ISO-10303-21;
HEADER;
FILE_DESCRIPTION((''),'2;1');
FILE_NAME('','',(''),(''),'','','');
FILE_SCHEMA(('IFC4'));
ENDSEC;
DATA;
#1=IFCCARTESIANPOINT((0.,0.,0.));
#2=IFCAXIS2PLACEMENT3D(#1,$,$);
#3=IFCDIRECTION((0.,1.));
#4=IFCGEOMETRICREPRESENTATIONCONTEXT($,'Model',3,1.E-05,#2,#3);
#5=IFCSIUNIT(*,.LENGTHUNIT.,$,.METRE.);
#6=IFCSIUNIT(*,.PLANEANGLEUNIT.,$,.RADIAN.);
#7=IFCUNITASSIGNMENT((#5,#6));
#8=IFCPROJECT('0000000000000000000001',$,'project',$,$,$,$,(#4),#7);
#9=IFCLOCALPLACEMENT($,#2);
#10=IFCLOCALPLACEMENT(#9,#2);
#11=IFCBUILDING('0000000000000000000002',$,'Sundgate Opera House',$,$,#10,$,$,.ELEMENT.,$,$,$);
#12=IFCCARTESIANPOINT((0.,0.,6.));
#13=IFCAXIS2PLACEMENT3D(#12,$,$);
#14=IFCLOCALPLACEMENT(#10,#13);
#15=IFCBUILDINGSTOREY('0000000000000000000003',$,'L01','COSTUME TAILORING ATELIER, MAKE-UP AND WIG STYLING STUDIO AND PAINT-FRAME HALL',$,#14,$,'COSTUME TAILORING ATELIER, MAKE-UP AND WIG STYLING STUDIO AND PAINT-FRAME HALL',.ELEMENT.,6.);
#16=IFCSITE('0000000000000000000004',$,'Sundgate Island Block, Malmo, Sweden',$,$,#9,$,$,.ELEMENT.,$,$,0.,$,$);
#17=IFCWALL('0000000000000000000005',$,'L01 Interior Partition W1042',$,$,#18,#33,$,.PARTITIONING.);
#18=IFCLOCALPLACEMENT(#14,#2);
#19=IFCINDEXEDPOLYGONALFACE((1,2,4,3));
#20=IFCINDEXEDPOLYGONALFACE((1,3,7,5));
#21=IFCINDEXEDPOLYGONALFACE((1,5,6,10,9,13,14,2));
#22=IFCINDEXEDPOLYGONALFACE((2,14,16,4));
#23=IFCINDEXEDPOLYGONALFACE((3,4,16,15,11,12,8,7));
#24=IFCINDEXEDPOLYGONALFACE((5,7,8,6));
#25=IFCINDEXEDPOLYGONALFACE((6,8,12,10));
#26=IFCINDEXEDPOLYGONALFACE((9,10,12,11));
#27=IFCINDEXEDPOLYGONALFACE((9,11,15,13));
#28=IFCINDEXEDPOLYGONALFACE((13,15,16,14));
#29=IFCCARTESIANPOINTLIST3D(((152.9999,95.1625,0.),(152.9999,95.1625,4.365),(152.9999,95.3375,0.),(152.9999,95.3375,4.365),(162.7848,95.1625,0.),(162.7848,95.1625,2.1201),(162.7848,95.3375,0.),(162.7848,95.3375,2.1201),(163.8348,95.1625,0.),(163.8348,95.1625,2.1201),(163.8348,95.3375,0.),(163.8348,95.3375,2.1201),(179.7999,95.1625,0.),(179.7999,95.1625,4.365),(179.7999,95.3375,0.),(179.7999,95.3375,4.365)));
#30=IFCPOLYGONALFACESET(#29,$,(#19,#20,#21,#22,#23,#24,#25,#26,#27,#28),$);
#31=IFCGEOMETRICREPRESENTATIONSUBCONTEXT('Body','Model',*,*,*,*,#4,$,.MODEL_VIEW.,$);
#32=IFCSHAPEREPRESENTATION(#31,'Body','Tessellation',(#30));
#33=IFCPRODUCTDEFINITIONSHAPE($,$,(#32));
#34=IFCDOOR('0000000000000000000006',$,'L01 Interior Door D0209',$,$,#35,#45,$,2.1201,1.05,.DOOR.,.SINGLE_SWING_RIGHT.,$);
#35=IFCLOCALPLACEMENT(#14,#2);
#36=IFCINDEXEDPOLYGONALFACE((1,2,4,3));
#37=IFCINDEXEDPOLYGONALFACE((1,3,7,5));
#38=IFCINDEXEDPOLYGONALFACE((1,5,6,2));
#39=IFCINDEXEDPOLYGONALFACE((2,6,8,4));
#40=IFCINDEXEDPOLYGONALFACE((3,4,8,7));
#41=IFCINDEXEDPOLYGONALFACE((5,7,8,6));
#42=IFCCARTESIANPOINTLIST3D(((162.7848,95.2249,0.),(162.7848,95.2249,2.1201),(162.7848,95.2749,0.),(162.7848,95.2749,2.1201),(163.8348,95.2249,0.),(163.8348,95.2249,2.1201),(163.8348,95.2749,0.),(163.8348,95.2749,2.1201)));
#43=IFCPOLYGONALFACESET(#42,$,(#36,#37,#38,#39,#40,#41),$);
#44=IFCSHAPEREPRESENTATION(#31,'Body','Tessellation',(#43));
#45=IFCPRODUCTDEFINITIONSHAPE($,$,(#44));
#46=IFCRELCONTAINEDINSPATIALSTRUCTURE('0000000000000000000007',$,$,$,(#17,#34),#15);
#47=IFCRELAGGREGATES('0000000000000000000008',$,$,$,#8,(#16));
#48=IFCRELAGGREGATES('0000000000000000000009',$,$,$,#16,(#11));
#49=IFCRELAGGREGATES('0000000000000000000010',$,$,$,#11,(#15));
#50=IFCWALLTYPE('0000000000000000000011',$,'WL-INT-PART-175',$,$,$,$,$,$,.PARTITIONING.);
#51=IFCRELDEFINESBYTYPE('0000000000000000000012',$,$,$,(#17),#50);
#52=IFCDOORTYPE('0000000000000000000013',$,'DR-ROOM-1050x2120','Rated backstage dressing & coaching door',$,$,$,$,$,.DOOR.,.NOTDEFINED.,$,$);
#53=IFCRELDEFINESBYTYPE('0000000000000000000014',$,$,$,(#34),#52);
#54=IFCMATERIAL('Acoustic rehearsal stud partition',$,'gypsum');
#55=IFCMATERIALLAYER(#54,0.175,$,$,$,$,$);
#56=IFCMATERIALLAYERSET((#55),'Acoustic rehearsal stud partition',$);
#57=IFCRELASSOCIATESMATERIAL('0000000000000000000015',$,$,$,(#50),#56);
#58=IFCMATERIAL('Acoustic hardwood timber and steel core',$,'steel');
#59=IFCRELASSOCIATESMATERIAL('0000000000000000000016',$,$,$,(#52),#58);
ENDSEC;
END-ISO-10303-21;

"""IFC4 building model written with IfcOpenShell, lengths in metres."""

from ifc_helpers import new_model, si_unit, direction, frame, frame_2d, origin, place, context, subcontext, project, spatial, rectangle, extrude, material, layer, layer_set, type_object, element, fill, save


model = new_model("IFC4")

# Units and contexts
model_context = context("Model", 3, precision=1e-05, world=origin(), true_north=direction((0.0, 1.0)))
body_context = subcontext(model_context, "Body", "Model", "MODEL_VIEW")
ifc_project = project(units=[si_unit("LENGTHUNIT", "METRE"), si_unit("PLANEANGLEUNIT", "RADIAN")], contexts=[model_context])

# Site, building, storey
site_placement = place(None, origin())
site = spatial("IfcSite", under=ifc_project, at=site_placement, Name="Sundgate Island Block, Malmo, Sweden", CompositionType="ELEMENT", RefElevation=0.0)
building_placement = place(site_placement, origin())
building = spatial("IfcBuilding", under=site, at=building_placement, Name="Sundgate Opera House", CompositionType="ELEMENT")
storey_placement = place(building_placement, frame((0.0, 0.0, 6.0)))
storey = spatial("IfcBuildingStorey", under=building, at=storey_placement, Name="L01", Description="COSTUME TAILORING ATELIER, MAKE-UP AND WIG STYLING STUDIO AND PAINT-FRAME HALL", LongName="COSTUME TAILORING ATELIER, MAKE-UP AND WIG STYLING STUDIO AND PAINT-FRAME HALL", CompositionType="ELEMENT", Elevation=6.0)

# Wall, opening, door
ifc_material_1 = material(Name="Acoustic rehearsal stud partition", Category="gypsum")
ifc_layer_1 = layer(ifc_material_1, 0.175)
ifc_layer_set_1 = layer_set([ifc_layer_1], Name="Acoustic rehearsal stud partition")
wall_type = type_object("IfcWallType", Name="WL-INT-PART-175", PredefinedType="PARTITIONING", material=ifc_layer_set_1)
wall_placement = place(storey_placement, frame((153.0, 95.25, 0.0), z_axis=(0.0, 0.0, 1.0), x_axis=(1.0, 0.0, 0.0)))
wall = element("IfcWall", 1, at=wall_placement, inside=storey, type_object=wall_type, Name="L01 Interior Partition W1042", PredefinedType="PARTITIONING", context=body_context, shape_type="SweptSolid", body=[
    extrude(rectangle(XDim=26.8, YDim=0.175, at=frame_2d((13.3999, 0.0))), origin(), (0.0, 0.0, 1.0), 4.365),
])
opening_placement = place(wall_placement, frame((9.7849, 0.0, 0.0)))
opening = element("IfcOpeningElement", 2, at=opening_placement, cuts=wall, PredefinedType="OPENING", context=body_context, shape_type="SweptSolid", body=[
    extrude(rectangle(XDim=1.05, YDim=2.1201, at=frame_2d((0.5249, 1.0601))), frame((0.0, 0.0974, 0.0), z_axis=(0.0, -1.0, 0.0), x_axis=(1.0, 0.0, 0.0)), (0.0, 0.0, 1.0), 0.1951),
])
ifc_material_2 = material(Name="Acoustic hardwood timber and steel core", Category="steel")
door_type = type_object("IfcDoorType", Name="DR-ROOM-1050x2120", Description="Rated backstage dressing & coaching door", OperationType="NOTDEFINED", PredefinedType="DOOR", material=ifc_material_2)
door_placement = place(opening_placement, origin())
door = element("IfcDoor", 3, at=door_placement, inside=storey, type_object=door_type, Name="L01 Interior Door D0209", OperationType="SINGLE_SWING_RIGHT", OverallHeight=2.1201, OverallWidth=1.05, PredefinedType="DOOR", context=body_context, shape_type="SweptSolid", body=[
    extrude(rectangle(XDim=1.05, YDim=2.1201, at=frame_2d((0.5249, 1.0601))), frame((0.0, 0.0249, 0.0), z_axis=(0.0, -1.0, 0.0), x_axis=(1.0, 0.0, 0.0)), (0.0, 0.0, 1.0), 0.05),
])
fill(opening, door)

save(model, "model.ifc")
